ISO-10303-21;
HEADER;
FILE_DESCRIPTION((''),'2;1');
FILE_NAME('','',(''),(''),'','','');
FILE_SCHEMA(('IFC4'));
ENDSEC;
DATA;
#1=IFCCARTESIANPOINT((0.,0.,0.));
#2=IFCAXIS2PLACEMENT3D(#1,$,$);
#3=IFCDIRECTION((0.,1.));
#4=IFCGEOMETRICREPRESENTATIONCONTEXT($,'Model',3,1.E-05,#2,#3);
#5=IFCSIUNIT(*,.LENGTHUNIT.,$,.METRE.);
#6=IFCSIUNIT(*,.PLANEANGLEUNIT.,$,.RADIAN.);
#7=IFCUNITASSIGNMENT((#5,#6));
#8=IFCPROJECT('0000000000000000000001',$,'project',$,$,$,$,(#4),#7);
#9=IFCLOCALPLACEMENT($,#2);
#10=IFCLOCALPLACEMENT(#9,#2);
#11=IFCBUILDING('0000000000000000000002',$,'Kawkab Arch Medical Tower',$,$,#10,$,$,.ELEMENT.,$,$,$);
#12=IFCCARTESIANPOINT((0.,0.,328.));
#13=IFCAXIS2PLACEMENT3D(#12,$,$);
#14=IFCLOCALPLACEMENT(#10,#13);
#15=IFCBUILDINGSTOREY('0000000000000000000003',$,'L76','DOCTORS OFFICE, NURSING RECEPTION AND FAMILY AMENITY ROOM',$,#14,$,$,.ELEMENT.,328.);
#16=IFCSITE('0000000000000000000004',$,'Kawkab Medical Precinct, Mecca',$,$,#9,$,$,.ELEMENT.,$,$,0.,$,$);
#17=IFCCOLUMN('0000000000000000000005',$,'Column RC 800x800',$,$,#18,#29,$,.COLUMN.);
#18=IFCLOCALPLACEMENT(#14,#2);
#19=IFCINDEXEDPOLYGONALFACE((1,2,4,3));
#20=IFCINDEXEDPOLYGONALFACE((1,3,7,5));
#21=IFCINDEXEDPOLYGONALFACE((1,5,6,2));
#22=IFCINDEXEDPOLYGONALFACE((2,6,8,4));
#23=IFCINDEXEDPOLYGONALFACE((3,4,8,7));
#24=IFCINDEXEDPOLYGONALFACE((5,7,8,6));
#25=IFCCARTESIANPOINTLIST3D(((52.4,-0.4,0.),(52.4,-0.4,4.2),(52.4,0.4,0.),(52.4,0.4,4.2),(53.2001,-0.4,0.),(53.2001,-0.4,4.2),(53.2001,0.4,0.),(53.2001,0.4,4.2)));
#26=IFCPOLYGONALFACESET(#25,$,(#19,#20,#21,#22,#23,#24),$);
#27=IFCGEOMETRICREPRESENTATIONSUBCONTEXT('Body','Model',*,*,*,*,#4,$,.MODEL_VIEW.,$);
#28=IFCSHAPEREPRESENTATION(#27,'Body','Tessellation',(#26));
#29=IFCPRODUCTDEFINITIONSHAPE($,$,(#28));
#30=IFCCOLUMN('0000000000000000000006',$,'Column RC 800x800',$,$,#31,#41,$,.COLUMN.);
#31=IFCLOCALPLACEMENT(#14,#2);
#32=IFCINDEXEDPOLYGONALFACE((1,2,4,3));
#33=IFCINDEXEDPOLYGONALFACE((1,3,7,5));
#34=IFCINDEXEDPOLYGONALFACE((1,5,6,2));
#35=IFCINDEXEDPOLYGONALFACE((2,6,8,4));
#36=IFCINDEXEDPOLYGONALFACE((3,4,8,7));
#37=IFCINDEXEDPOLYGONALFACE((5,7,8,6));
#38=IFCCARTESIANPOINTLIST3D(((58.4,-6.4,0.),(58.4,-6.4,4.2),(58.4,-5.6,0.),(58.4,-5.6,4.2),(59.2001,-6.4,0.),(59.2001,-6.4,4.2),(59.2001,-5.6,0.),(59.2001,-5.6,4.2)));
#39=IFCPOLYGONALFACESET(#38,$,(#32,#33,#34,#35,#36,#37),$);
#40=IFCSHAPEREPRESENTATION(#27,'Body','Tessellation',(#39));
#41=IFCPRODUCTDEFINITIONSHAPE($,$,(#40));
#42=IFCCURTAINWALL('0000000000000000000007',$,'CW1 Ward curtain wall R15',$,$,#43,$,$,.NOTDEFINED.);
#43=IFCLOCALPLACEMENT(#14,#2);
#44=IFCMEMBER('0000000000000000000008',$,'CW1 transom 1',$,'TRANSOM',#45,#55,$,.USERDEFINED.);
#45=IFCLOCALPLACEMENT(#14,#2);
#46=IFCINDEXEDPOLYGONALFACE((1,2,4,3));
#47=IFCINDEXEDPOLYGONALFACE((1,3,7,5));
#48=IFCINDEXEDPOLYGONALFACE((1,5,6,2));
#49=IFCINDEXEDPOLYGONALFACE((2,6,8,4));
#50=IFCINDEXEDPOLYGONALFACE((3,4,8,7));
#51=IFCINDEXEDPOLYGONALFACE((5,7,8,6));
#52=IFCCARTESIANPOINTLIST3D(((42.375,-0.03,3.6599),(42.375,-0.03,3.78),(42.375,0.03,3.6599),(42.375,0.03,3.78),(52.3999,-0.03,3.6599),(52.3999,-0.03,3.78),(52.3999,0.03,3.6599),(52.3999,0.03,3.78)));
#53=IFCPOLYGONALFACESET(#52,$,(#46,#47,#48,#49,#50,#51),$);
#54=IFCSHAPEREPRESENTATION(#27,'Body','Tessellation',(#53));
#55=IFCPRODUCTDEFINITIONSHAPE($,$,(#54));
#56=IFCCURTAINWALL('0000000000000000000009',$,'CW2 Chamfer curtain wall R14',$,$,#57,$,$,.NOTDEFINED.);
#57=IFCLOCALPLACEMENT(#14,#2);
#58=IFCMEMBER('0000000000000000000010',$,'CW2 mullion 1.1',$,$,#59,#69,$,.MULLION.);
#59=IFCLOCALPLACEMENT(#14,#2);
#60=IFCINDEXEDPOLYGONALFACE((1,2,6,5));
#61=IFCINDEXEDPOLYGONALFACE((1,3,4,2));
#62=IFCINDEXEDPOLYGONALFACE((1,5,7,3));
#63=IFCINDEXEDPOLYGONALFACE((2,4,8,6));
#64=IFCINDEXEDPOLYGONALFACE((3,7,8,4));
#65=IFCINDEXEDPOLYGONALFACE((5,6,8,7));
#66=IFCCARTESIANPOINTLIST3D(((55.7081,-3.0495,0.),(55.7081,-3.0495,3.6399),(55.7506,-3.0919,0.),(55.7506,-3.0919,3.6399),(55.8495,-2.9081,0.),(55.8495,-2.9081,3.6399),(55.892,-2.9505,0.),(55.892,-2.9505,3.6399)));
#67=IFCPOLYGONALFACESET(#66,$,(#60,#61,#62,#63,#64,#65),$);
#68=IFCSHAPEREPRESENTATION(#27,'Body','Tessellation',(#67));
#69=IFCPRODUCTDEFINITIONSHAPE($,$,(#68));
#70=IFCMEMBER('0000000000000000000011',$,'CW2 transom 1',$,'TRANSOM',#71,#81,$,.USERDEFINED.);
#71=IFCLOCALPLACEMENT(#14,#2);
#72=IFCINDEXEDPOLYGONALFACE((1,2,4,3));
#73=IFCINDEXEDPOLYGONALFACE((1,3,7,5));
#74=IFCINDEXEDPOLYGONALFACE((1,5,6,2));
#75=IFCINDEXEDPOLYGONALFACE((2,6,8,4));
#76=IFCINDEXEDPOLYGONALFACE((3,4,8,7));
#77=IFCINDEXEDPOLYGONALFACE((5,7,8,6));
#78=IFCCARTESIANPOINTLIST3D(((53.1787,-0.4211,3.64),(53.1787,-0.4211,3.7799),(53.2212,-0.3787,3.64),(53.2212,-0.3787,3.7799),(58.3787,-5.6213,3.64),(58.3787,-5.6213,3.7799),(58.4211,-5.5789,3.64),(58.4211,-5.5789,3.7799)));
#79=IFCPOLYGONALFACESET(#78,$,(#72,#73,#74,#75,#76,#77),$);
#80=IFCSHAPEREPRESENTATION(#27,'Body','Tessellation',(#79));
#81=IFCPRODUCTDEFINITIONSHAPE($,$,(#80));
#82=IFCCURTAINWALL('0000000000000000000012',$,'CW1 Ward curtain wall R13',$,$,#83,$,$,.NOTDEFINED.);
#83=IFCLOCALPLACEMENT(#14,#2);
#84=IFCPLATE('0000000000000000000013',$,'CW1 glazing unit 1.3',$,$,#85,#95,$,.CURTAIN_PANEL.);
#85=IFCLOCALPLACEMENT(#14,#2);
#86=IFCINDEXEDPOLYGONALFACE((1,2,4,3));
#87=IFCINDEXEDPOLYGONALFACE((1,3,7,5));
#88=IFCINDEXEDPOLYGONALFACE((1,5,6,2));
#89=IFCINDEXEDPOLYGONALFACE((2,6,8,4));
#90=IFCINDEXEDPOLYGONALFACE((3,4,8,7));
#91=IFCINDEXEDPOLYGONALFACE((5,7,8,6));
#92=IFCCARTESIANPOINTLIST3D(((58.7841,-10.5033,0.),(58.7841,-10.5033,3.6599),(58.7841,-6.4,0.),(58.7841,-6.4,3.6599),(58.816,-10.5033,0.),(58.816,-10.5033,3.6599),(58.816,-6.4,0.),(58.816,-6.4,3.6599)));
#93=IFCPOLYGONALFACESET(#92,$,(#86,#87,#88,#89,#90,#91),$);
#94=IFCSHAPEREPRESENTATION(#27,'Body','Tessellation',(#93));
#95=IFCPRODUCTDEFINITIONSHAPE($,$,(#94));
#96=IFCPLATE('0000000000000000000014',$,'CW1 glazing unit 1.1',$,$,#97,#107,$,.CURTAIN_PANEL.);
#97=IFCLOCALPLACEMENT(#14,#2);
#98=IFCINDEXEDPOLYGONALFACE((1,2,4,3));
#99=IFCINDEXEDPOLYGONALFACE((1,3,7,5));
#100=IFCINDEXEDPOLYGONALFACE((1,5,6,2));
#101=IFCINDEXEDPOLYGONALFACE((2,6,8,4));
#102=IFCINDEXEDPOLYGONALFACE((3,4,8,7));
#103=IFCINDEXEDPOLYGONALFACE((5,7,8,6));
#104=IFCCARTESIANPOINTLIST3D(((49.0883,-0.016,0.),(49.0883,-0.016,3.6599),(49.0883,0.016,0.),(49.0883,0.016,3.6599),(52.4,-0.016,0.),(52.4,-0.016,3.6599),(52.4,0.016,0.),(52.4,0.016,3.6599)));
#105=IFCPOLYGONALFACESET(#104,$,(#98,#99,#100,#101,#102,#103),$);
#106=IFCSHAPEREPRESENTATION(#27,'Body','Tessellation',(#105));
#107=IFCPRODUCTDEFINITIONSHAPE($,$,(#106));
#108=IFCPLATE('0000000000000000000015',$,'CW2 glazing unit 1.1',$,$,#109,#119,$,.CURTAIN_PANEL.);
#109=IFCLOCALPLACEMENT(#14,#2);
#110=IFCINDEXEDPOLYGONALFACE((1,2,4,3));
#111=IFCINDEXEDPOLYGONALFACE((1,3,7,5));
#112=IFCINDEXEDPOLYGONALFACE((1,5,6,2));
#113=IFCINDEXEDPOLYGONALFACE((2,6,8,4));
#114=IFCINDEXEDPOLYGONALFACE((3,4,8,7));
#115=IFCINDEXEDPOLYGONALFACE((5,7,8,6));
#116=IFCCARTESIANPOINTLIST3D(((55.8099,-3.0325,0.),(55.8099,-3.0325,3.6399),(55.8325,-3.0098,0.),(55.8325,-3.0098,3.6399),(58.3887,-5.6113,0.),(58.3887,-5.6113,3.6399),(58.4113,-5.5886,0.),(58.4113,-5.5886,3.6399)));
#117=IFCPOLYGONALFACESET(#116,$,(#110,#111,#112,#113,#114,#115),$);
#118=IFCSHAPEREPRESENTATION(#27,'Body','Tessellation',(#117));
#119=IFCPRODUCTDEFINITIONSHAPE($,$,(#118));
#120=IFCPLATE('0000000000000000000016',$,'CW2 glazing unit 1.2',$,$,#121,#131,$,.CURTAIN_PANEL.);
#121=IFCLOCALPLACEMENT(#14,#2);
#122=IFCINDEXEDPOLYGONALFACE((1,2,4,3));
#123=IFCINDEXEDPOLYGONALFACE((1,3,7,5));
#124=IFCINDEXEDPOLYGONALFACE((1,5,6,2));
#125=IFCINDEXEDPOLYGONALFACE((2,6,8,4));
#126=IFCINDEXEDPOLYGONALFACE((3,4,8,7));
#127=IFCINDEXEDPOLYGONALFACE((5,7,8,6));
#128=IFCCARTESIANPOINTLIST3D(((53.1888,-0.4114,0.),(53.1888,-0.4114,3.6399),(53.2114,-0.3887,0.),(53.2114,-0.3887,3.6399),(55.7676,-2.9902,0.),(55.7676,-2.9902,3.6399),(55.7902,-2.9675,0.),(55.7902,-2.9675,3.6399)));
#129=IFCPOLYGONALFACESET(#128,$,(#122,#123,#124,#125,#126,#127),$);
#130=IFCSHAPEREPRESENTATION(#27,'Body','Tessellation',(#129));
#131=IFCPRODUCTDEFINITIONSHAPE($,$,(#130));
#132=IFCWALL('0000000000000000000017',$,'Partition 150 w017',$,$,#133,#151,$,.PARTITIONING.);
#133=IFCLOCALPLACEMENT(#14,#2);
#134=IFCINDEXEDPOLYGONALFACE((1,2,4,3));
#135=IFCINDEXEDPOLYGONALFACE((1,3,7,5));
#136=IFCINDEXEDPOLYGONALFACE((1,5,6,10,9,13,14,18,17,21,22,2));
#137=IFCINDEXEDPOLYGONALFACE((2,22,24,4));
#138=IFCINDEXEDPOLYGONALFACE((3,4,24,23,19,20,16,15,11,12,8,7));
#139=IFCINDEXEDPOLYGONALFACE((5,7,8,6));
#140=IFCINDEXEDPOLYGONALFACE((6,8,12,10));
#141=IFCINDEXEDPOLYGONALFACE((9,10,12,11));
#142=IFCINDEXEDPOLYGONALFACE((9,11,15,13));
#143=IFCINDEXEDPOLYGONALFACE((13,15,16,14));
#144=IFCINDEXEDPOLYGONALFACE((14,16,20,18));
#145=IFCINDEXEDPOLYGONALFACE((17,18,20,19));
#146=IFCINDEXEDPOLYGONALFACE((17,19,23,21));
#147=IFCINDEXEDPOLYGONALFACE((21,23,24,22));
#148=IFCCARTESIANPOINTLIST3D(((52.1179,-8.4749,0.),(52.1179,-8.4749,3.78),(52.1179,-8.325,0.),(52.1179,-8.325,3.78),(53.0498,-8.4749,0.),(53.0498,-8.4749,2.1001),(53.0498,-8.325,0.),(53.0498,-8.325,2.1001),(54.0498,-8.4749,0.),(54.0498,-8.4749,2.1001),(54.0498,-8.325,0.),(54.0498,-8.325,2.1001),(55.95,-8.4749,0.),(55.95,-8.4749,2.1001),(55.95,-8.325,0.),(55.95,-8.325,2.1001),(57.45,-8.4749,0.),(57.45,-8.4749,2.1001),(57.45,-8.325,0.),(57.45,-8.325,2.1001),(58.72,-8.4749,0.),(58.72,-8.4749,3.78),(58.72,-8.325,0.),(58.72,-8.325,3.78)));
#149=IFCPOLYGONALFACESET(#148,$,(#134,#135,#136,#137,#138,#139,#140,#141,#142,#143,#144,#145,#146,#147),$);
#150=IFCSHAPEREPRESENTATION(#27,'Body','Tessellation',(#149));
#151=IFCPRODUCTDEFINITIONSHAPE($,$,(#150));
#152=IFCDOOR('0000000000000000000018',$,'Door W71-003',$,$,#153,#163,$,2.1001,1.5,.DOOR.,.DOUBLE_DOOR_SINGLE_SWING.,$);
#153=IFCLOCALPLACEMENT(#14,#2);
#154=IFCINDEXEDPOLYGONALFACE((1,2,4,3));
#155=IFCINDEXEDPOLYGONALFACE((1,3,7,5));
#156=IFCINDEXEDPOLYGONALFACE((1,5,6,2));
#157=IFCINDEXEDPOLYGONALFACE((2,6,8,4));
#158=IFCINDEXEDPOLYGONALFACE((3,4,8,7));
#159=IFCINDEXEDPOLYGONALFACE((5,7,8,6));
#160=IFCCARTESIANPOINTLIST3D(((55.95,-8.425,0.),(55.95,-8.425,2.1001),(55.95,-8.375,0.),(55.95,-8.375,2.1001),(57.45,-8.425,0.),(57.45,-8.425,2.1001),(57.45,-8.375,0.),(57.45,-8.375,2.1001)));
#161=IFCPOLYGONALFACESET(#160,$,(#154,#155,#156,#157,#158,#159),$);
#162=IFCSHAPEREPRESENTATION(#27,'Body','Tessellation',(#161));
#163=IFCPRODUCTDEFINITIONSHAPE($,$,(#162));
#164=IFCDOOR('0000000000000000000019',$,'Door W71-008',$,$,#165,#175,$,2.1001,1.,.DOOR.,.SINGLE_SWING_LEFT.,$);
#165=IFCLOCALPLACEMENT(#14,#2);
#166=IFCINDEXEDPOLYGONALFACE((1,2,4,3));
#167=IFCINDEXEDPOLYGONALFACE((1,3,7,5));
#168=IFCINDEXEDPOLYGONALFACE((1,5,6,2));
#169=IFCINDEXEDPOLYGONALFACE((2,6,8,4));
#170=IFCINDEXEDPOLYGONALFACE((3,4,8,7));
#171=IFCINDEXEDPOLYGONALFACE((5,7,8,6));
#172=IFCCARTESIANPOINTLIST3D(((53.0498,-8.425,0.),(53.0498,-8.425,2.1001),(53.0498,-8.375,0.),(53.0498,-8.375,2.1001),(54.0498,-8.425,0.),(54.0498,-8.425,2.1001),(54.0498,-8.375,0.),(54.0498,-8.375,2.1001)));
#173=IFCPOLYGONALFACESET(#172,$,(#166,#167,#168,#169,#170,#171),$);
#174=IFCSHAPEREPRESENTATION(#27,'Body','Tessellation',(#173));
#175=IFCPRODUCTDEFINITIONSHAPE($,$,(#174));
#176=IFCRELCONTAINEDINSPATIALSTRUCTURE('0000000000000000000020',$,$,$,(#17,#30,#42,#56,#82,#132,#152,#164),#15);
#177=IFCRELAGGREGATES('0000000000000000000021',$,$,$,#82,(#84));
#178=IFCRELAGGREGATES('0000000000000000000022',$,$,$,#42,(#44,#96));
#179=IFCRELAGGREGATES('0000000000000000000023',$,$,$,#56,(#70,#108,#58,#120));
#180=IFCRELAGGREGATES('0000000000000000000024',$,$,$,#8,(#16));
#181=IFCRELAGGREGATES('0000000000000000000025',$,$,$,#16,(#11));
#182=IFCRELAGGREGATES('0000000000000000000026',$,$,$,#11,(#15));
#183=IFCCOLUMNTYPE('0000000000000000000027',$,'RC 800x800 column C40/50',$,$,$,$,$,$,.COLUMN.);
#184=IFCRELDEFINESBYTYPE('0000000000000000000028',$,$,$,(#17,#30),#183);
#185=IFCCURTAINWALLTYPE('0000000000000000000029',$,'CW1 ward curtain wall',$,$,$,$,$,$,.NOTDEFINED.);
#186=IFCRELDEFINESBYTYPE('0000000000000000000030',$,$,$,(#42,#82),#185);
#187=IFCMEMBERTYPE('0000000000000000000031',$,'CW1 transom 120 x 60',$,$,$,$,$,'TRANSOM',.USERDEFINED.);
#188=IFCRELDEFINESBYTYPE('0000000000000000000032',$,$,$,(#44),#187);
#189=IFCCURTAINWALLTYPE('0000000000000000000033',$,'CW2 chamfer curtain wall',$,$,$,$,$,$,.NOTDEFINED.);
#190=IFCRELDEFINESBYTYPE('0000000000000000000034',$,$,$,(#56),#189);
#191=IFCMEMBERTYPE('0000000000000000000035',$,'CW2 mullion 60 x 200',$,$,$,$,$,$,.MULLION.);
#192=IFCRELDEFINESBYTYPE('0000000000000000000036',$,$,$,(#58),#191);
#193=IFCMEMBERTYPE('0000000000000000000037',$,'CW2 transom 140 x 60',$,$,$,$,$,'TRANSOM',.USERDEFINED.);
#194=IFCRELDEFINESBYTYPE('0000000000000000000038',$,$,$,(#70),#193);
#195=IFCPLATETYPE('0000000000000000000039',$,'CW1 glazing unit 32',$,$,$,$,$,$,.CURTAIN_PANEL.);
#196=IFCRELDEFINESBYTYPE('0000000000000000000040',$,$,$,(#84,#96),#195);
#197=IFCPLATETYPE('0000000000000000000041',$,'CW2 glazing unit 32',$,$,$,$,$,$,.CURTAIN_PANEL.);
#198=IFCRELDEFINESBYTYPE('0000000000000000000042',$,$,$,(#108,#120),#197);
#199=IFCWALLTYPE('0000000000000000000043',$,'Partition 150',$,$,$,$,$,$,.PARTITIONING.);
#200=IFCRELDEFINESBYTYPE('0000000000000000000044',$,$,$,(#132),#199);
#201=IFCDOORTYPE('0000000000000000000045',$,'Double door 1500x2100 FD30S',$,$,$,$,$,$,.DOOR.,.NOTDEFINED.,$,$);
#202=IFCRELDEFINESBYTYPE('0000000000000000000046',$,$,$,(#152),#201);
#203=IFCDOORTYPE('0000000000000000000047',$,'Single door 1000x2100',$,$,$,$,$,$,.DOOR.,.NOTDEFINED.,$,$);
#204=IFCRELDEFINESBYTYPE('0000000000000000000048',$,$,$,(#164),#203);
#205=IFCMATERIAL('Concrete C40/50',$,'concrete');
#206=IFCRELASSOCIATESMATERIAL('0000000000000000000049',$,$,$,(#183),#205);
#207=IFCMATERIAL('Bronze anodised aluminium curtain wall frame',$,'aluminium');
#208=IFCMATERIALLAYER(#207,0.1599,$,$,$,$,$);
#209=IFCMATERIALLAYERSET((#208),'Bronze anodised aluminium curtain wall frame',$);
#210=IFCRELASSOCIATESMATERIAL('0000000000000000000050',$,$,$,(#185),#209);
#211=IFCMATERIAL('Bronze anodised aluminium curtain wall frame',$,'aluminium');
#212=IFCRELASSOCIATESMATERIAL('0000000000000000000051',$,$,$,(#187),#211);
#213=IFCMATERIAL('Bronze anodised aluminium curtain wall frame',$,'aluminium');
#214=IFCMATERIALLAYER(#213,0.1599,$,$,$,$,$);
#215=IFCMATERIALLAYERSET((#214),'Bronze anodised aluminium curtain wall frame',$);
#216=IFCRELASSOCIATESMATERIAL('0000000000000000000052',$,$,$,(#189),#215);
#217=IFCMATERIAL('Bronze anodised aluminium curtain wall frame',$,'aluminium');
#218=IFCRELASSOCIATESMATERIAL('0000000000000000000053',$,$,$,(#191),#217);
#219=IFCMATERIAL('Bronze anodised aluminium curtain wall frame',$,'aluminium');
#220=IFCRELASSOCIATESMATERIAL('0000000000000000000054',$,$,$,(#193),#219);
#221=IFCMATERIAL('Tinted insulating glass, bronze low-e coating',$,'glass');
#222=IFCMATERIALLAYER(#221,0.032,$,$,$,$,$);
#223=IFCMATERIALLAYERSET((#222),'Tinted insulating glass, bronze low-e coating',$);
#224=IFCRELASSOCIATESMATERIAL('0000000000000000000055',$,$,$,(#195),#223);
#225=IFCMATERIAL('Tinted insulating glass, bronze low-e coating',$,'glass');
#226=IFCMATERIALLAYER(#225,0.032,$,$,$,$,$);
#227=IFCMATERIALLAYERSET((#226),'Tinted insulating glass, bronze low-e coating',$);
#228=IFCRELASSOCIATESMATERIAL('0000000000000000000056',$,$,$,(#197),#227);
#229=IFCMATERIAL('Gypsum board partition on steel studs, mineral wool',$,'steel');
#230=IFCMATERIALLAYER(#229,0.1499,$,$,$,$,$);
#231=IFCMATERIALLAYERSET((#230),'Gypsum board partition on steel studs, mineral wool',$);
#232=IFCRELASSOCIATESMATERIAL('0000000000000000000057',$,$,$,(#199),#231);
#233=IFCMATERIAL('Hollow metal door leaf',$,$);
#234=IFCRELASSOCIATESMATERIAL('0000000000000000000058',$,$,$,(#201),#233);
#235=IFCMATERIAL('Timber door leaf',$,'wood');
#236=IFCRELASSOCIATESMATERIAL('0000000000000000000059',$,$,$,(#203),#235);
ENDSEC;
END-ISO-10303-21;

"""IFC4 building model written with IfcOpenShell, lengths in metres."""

from ifc_helpers import new_model, si_unit, direction, frame, frame_2d, origin, origin_2d, place, context, subcontext, project, spatial, rectangle, extrude, material, layer, layer_set, material_profile, profile_set, type_object, element, fill, aggregate, save


model = new_model("IFC4")

# Units and contexts
model_context = context("Model", 3, precision=1e-05, world=origin(), true_north=direction((0.0, 1.0)))
body_context = subcontext(model_context, "Body", "Model", "MODEL_VIEW")
ifc_project = project(units=[si_unit("LENGTHUNIT", "METRE"), si_unit("PLANEANGLEUNIT", "RADIAN")], contexts=[model_context])

# Site, building, storey
site_placement = place(None, origin())
site = spatial("IfcSite", under=ifc_project, at=site_placement, Name="Kawkab Medical Precinct, Mecca", CompositionType="ELEMENT", RefElevation=0.0)
building_placement = place(site_placement, origin())
building = spatial("IfcBuilding", under=site, at=building_placement, Name="Kawkab Arch Medical Tower", CompositionType="ELEMENT")
storey_placement = place(building_placement, frame((0.0, 0.0, 328.0)))
storey = spatial("IfcBuildingStorey", under=building, at=storey_placement, Name="L76", Description="DOCTORS OFFICE, NURSING RECEPTION AND FAMILY AMENITY ROOM", CompositionType="ELEMENT", Elevation=328.0)

# Columns
ifc_material_1 = material(Name="Concrete C40/50", Category="concrete")
ifc_material_profile_1 = material_profile(ifc_material_1, rectangle(XDim=0.8, YDim=0.8, at=origin_2d()), Name="RC 800x800")
ifc_profile_set_1 = profile_set([ifc_material_profile_1], Name="Concrete C40/50")
column_type = type_object("IfcColumnType", Name="RC 800x800 column C40/50", PredefinedType="COLUMN", material=ifc_profile_set_1)
for number, where, z_axis, x_axis, name in (
    (1, (52.8, 0.0, 0.0), (0.0, 0.0, 1.0), (1.0, 0.0, 0.0), "Column RC 800x800"),
    (2, (58.8, -6.0, 0.0), (0.0, 0.0, 1.0), (1.0, 0.0, 0.0), "Column RC 800x800"),
):
    element("IfcColumn", number, at=place(storey_placement, frame(where, z_axis=z_axis, x_axis=x_axis)), inside=storey, type_object=column_type, Name=name, PredefinedType="COLUMN", context=body_context, shape_type="SweptSolid", body=[
        extrude(rectangle(XDim=0.8, YDim=0.8, at=origin_2d()), origin(), (0.0, 0.0, 1.0), 4.2),
    ])

# Curtain wall, member
ifc_material_2 = material(Name="Bronze anodised aluminium curtain wall frame", Category="aluminium")
ifc_layer_1 = layer(ifc_material_2, 0.1599)
ifc_layer_set_1 = layer_set([ifc_layer_1], Name="Bronze anodised aluminium curtain wall frame")
curtain_wall_type_1 = type_object("IfcCurtainWallType", Name="CW1 ward curtain wall", PredefinedType="NOTDEFINED", material=ifc_layer_set_1)
placement = place(storey_placement, origin())
curtain_wall_1 = element("IfcCurtainWall", 3, at=placement, inside=storey, type_object=curtain_wall_type_1, Name="CW1 Ward curtain wall R15", PredefinedType="NOTDEFINED")
ifc_material_3 = material(Name="Bronze anodised aluminium curtain wall frame", Category="aluminium")
ifc_material_profile_2 = material_profile(ifc_material_3, rectangle(XDim=0.0601, YDim=0.1201, at=origin_2d()), Name="AL 60x120")
ifc_profile_set_2 = profile_set([ifc_material_profile_2], Name="Bronze anodised aluminium curtain wall frame")
member_type_1 = type_object("IfcMemberType", Name="CW1 transom 120 x 60", ElementType="TRANSOM", PredefinedType="USERDEFINED", material=ifc_profile_set_2)
member_1_placement = place(storey_placement, frame((52.3999, 0.0, 3.72), z_axis=(-1.0, 0.0, 0.0), x_axis=(0.0, -1.0, 0.0)))
member_1 = element("IfcMember", 4, at=member_1_placement, type_object=member_type_1, Name="CW1 transom 1", ObjectType="TRANSOM", PredefinedType="USERDEFINED", context=body_context, shape_type="SweptSolid", body=[
    extrude(rectangle(XDim=0.0601, YDim=0.1201, at=origin_2d()), origin(), (0.0, 0.0, 1.0), 10.0249),
])

# Curtain wall, members
ifc_material_4 = material(Name="Bronze anodised aluminium curtain wall frame", Category="aluminium")
ifc_layer_2 = layer(ifc_material_4, 0.1599)
ifc_layer_set_2 = layer_set([ifc_layer_2], Name="Bronze anodised aluminium curtain wall frame")
curtain_wall_type_2 = type_object("IfcCurtainWallType", Name="CW2 chamfer curtain wall", PredefinedType="NOTDEFINED", material=ifc_layer_set_2)
curtain_wall_2 = element("IfcCurtainWall", 5, at=placement, inside=storey, type_object=curtain_wall_type_2, Name="CW2 Chamfer curtain wall R14", PredefinedType="NOTDEFINED")
ifc_material_5 = material(Name="Bronze anodised aluminium curtain wall frame", Category="aluminium")
ifc_material_profile_3 = material_profile(ifc_material_5, rectangle(XDim=0.2, YDim=0.0601, at=origin_2d()), Name="AL 60x200")
ifc_profile_set_3 = profile_set([ifc_material_profile_3], Name="Bronze anodised aluminium curtain wall frame")
member_type_2 = type_object("IfcMemberType", Name="CW2 mullion 60 x 200", PredefinedType="MULLION", material=ifc_profile_set_3)
member_2_placement = place(storey_placement, frame((55.8, -3.0, 0.0), z_axis=(0.0, 0.0, 1.0), x_axis=(-0.707107, -0.707107, 0.0)))
member_2 = element("IfcMember", 6, at=member_2_placement, type_object=member_type_2, Name="CW2 mullion 1.1", PredefinedType="MULLION", context=body_context, shape_type="SweptSolid", body=[
    extrude(rectangle(XDim=0.2, YDim=0.0601, at=origin_2d()), origin(), (0.0, 0.0, 1.0), 3.6399),
])
ifc_material_6 = material(Name="Bronze anodised aluminium curtain wall frame", Category="aluminium")
ifc_material_profile_4 = material_profile(ifc_material_6, rectangle(XDim=0.0601, YDim=0.1399, at=origin_2d()), Name="AL 60x140")
ifc_profile_set_4 = profile_set([ifc_material_profile_4], Name="Bronze anodised aluminium curtain wall frame")
member_type_3 = type_object("IfcMemberType", Name="CW2 transom 140 x 60", ElementType="TRANSOM", PredefinedType="USERDEFINED", material=ifc_profile_set_4)
member_3_placement = place(storey_placement, frame((58.3999, -5.6001, 3.71), z_axis=(-0.70709, 0.707123, 0.0), x_axis=(-0.707123, -0.70709, 0.0)))
member_3 = element("IfcMember", 7, at=member_3_placement, type_object=member_type_3, Name="CW2 transom 1", ObjectType="TRANSOM", PredefinedType="USERDEFINED", context=body_context, shape_type="SweptSolid", body=[
    extrude(rectangle(XDim=0.0601, YDim=0.1399, at=origin_2d()), origin(), (0.0, 0.0, 1.0), 7.354),
])

# Curtain wall, plate
curtain_wall_3 = element("IfcCurtainWall", 8, at=placement, inside=storey, type_object=curtain_wall_type_1, Name="CW1 Ward curtain wall R13", PredefinedType="NOTDEFINED")
ifc_material_7 = material(Name="Tinted insulating glass, bronze low-e coating", Category="glass")
ifc_layer_3 = layer(ifc_material_7, 0.032)
ifc_layer_set_3 = layer_set([ifc_layer_3], Name="Tinted insulating glass, bronze low-e coating")
plate_type_1 = type_object("IfcPlateType", Name="CW1 glazing unit 32", PredefinedType="CURTAIN_PANEL", material=ifc_layer_set_3)
plate_1_placement = place(storey_placement, frame((58.8, -8.4517, 0.0), z_axis=(0.0, 0.0, 1.0), x_axis=(0.0, 1.0, 0.0)))
plate_1 = element("IfcPlate", 9, at=plate_1_placement, type_object=plate_type_1, Name="CW1 glazing unit 1.3", PredefinedType="CURTAIN_PANEL", context=body_context, shape_type="SweptSolid", body=[
    extrude(rectangle(XDim=4.1033, YDim=0.032, at=origin_2d()), origin(), (0.0, 0.0, 1.0), 3.6599),
])
aggregate(curtain_wall_3, [plate_1])

# Plates
plate_2_placement = place(storey_placement, frame((50.7441, 0.0, 0.0), z_axis=(0.0, 0.0, 1.0), x_axis=(-1.0, 0.0, 0.0)))
plate_2 = element("IfcPlate", 10, at=plate_2_placement, type_object=plate_type_1, Name="CW1 glazing unit 1.1", PredefinedType="CURTAIN_PANEL", context=body_context, shape_type="SweptSolid", body=[
    extrude(rectangle(XDim=3.3118, YDim=0.032, at=origin_2d()), origin(), (0.0, 0.0, 1.0), 3.6599),
])
aggregate(curtain_wall_1, [member_1, plate_2])
ifc_material_8 = material(Name="Tinted insulating glass, bronze low-e coating", Category="glass")
ifc_layer_4 = layer(ifc_material_8, 0.032)
ifc_layer_set_4 = layer_set([ifc_layer_4], Name="Tinted insulating glass, bronze low-e coating")
plate_type_2 = type_object("IfcPlateType", Name="CW2 glazing unit 32", PredefinedType="CURTAIN_PANEL", material=ifc_layer_set_4)
plate_3_placement = place(storey_placement, frame((57.1106, -4.3105, 0.0), z_axis=(0.0, 0.0, 1.0), x_axis=(-0.707107, 0.707107, 0.0)))
plate_3 = element("IfcPlate", 11, at=plate_3_placement, type_object=plate_type_2, Name="CW2 glazing unit 1.1", PredefinedType="CURTAIN_PANEL", context=body_context, shape_type="SweptSolid", body=[
    extrude(rectangle(XDim=3.647, YDim=0.032, at=origin_2d()), origin(), (0.0, 0.0, 1.0), 3.6399),
])
plate_4_placement = place(storey_placement, frame((54.4895, -1.6895, 0.0), z_axis=(0.0, 0.0, 1.0), x_axis=(-0.707107, 0.707107, 0.0)))
plate_4 = element("IfcPlate", 12, at=plate_4_placement, type_object=plate_type_2, Name="CW2 glazing unit 1.2", PredefinedType="CURTAIN_PANEL", context=body_context, shape_type="SweptSolid", body=[
    extrude(rectangle(XDim=3.647, YDim=0.032, at=origin_2d()), origin(), (0.0, 0.0, 1.0), 3.6399),
])
aggregate(curtain_wall_2, [member_3, plate_3, member_2, plate_4])

# Wall, openings, doors
ifc_material_9 = material(Name="Gypsum board partition on steel studs, mineral wool", Category="steel")
ifc_layer_5 = layer(ifc_material_9, 0.1499)
ifc_layer_set_5 = layer_set([ifc_layer_5], Name="Gypsum board partition on steel studs, mineral wool")
wall_type = type_object("IfcWallType", Name="Partition 150", PredefinedType="PARTITIONING", material=ifc_layer_set_5)
wall_1_placement = place(storey_placement, frame((52.1179, -8.3999, 0.0), z_axis=(0.0, 0.0, 1.0), x_axis=(1.0, 0.0, 0.0)))
wall_1 = element("IfcWall", 13, at=wall_1_placement, inside=storey, type_object=wall_type, Name="Partition 150 w017", PredefinedType="PARTITIONING", context=body_context, shape_type="SweptSolid", body=[
    extrude(rectangle(XDim=6.6021, YDim=0.1499, at=frame_2d((3.301, 0.0))), origin(), (0.0, 0.0, 1.0), 3.78),
])
opening_1_placement = place(wall_1_placement, frame((0.9319, 0.0, 0.0)))
opening_1 = element("IfcOpeningElement", 14, at=opening_1_placement, cuts=wall_1, PredefinedType="OPENING", context=body_context, shape_type="SweptSolid", body=[
    extrude(rectangle(XDim=1.0, YDim=2.1001, at=frame_2d((0.5, 1.05))), frame((0.0, 0.085, 0.0), z_axis=(0.0, -1.0, 0.0), x_axis=(1.0, 0.0, 0.0)), (0.0, 0.0, 1.0), 0.1699),
])
opening_2_placement = place(wall_1_placement, frame((3.832, 0.0, 0.0)))
opening_2 = element("IfcOpeningElement", 15, at=opening_2_placement, cuts=wall_1, PredefinedType="OPENING", context=body_context, shape_type="SweptSolid", body=[
    extrude(rectangle(XDim=1.5, YDim=2.1001, at=frame_2d((0.75, 1.05))), frame((0.0, 0.085, 0.0), z_axis=(0.0, -1.0, 0.0), x_axis=(1.0, 0.0, 0.0)), (0.0, 0.0, 1.0), 0.1699),
])
ifc_material_10 = material(Name="Hollow metal door leaf")
door_type_1 = type_object("IfcDoorType", Name="Double door 1500x2100 FD30S", OperationType="NOTDEFINED", PredefinedType="DOOR", material=ifc_material_10)
door_1_placement = place(opening_2_placement, origin())
door_1 = element("IfcDoor", 16, at=door_1_placement, inside=storey, type_object=door_type_1, Name="Door W71-003", OperationType="DOUBLE_DOOR_SINGLE_SWING", OverallHeight=2.1001, OverallWidth=1.5, PredefinedType="DOOR", context=body_context, shape_type="SweptSolid", body=[
    extrude(rectangle(XDim=1.5, YDim=2.1001, at=frame_2d((0.75, 1.05))), frame((0.0, 0.0249, 0.0), z_axis=(0.0, -1.0, 0.0), x_axis=(1.0, 0.0, 0.0)), (0.0, 0.0, 1.0), 0.05),
])
fill(opening_2, door_1)
ifc_material_11 = material(Name="Timber door leaf", Category="wood")
door_type_2 = type_object("IfcDoorType", Name="Single door 1000x2100", OperationType="NOTDEFINED", PredefinedType="DOOR", material=ifc_material_11)
door_2_placement = place(opening_1_placement, origin())
door_2 = element("IfcDoor", 17, at=door_2_placement, inside=storey, type_object=door_type_2, Name="Door W71-008", OperationType="SINGLE_SWING_LEFT", OverallHeight=2.1001, OverallWidth=1.0, PredefinedType="DOOR", context=body_context, shape_type="SweptSolid", body=[
    extrude(rectangle(XDim=1.0, YDim=2.1001, at=frame_2d((0.5, 1.05))), frame((0.0, 0.0249, 0.0), z_axis=(0.0, -1.0, 0.0), x_axis=(1.0, 0.0, 0.0)), (0.0, 0.0, 1.0), 0.05),
])
fill(opening_1, door_2)

save(model, "model.ifc")
